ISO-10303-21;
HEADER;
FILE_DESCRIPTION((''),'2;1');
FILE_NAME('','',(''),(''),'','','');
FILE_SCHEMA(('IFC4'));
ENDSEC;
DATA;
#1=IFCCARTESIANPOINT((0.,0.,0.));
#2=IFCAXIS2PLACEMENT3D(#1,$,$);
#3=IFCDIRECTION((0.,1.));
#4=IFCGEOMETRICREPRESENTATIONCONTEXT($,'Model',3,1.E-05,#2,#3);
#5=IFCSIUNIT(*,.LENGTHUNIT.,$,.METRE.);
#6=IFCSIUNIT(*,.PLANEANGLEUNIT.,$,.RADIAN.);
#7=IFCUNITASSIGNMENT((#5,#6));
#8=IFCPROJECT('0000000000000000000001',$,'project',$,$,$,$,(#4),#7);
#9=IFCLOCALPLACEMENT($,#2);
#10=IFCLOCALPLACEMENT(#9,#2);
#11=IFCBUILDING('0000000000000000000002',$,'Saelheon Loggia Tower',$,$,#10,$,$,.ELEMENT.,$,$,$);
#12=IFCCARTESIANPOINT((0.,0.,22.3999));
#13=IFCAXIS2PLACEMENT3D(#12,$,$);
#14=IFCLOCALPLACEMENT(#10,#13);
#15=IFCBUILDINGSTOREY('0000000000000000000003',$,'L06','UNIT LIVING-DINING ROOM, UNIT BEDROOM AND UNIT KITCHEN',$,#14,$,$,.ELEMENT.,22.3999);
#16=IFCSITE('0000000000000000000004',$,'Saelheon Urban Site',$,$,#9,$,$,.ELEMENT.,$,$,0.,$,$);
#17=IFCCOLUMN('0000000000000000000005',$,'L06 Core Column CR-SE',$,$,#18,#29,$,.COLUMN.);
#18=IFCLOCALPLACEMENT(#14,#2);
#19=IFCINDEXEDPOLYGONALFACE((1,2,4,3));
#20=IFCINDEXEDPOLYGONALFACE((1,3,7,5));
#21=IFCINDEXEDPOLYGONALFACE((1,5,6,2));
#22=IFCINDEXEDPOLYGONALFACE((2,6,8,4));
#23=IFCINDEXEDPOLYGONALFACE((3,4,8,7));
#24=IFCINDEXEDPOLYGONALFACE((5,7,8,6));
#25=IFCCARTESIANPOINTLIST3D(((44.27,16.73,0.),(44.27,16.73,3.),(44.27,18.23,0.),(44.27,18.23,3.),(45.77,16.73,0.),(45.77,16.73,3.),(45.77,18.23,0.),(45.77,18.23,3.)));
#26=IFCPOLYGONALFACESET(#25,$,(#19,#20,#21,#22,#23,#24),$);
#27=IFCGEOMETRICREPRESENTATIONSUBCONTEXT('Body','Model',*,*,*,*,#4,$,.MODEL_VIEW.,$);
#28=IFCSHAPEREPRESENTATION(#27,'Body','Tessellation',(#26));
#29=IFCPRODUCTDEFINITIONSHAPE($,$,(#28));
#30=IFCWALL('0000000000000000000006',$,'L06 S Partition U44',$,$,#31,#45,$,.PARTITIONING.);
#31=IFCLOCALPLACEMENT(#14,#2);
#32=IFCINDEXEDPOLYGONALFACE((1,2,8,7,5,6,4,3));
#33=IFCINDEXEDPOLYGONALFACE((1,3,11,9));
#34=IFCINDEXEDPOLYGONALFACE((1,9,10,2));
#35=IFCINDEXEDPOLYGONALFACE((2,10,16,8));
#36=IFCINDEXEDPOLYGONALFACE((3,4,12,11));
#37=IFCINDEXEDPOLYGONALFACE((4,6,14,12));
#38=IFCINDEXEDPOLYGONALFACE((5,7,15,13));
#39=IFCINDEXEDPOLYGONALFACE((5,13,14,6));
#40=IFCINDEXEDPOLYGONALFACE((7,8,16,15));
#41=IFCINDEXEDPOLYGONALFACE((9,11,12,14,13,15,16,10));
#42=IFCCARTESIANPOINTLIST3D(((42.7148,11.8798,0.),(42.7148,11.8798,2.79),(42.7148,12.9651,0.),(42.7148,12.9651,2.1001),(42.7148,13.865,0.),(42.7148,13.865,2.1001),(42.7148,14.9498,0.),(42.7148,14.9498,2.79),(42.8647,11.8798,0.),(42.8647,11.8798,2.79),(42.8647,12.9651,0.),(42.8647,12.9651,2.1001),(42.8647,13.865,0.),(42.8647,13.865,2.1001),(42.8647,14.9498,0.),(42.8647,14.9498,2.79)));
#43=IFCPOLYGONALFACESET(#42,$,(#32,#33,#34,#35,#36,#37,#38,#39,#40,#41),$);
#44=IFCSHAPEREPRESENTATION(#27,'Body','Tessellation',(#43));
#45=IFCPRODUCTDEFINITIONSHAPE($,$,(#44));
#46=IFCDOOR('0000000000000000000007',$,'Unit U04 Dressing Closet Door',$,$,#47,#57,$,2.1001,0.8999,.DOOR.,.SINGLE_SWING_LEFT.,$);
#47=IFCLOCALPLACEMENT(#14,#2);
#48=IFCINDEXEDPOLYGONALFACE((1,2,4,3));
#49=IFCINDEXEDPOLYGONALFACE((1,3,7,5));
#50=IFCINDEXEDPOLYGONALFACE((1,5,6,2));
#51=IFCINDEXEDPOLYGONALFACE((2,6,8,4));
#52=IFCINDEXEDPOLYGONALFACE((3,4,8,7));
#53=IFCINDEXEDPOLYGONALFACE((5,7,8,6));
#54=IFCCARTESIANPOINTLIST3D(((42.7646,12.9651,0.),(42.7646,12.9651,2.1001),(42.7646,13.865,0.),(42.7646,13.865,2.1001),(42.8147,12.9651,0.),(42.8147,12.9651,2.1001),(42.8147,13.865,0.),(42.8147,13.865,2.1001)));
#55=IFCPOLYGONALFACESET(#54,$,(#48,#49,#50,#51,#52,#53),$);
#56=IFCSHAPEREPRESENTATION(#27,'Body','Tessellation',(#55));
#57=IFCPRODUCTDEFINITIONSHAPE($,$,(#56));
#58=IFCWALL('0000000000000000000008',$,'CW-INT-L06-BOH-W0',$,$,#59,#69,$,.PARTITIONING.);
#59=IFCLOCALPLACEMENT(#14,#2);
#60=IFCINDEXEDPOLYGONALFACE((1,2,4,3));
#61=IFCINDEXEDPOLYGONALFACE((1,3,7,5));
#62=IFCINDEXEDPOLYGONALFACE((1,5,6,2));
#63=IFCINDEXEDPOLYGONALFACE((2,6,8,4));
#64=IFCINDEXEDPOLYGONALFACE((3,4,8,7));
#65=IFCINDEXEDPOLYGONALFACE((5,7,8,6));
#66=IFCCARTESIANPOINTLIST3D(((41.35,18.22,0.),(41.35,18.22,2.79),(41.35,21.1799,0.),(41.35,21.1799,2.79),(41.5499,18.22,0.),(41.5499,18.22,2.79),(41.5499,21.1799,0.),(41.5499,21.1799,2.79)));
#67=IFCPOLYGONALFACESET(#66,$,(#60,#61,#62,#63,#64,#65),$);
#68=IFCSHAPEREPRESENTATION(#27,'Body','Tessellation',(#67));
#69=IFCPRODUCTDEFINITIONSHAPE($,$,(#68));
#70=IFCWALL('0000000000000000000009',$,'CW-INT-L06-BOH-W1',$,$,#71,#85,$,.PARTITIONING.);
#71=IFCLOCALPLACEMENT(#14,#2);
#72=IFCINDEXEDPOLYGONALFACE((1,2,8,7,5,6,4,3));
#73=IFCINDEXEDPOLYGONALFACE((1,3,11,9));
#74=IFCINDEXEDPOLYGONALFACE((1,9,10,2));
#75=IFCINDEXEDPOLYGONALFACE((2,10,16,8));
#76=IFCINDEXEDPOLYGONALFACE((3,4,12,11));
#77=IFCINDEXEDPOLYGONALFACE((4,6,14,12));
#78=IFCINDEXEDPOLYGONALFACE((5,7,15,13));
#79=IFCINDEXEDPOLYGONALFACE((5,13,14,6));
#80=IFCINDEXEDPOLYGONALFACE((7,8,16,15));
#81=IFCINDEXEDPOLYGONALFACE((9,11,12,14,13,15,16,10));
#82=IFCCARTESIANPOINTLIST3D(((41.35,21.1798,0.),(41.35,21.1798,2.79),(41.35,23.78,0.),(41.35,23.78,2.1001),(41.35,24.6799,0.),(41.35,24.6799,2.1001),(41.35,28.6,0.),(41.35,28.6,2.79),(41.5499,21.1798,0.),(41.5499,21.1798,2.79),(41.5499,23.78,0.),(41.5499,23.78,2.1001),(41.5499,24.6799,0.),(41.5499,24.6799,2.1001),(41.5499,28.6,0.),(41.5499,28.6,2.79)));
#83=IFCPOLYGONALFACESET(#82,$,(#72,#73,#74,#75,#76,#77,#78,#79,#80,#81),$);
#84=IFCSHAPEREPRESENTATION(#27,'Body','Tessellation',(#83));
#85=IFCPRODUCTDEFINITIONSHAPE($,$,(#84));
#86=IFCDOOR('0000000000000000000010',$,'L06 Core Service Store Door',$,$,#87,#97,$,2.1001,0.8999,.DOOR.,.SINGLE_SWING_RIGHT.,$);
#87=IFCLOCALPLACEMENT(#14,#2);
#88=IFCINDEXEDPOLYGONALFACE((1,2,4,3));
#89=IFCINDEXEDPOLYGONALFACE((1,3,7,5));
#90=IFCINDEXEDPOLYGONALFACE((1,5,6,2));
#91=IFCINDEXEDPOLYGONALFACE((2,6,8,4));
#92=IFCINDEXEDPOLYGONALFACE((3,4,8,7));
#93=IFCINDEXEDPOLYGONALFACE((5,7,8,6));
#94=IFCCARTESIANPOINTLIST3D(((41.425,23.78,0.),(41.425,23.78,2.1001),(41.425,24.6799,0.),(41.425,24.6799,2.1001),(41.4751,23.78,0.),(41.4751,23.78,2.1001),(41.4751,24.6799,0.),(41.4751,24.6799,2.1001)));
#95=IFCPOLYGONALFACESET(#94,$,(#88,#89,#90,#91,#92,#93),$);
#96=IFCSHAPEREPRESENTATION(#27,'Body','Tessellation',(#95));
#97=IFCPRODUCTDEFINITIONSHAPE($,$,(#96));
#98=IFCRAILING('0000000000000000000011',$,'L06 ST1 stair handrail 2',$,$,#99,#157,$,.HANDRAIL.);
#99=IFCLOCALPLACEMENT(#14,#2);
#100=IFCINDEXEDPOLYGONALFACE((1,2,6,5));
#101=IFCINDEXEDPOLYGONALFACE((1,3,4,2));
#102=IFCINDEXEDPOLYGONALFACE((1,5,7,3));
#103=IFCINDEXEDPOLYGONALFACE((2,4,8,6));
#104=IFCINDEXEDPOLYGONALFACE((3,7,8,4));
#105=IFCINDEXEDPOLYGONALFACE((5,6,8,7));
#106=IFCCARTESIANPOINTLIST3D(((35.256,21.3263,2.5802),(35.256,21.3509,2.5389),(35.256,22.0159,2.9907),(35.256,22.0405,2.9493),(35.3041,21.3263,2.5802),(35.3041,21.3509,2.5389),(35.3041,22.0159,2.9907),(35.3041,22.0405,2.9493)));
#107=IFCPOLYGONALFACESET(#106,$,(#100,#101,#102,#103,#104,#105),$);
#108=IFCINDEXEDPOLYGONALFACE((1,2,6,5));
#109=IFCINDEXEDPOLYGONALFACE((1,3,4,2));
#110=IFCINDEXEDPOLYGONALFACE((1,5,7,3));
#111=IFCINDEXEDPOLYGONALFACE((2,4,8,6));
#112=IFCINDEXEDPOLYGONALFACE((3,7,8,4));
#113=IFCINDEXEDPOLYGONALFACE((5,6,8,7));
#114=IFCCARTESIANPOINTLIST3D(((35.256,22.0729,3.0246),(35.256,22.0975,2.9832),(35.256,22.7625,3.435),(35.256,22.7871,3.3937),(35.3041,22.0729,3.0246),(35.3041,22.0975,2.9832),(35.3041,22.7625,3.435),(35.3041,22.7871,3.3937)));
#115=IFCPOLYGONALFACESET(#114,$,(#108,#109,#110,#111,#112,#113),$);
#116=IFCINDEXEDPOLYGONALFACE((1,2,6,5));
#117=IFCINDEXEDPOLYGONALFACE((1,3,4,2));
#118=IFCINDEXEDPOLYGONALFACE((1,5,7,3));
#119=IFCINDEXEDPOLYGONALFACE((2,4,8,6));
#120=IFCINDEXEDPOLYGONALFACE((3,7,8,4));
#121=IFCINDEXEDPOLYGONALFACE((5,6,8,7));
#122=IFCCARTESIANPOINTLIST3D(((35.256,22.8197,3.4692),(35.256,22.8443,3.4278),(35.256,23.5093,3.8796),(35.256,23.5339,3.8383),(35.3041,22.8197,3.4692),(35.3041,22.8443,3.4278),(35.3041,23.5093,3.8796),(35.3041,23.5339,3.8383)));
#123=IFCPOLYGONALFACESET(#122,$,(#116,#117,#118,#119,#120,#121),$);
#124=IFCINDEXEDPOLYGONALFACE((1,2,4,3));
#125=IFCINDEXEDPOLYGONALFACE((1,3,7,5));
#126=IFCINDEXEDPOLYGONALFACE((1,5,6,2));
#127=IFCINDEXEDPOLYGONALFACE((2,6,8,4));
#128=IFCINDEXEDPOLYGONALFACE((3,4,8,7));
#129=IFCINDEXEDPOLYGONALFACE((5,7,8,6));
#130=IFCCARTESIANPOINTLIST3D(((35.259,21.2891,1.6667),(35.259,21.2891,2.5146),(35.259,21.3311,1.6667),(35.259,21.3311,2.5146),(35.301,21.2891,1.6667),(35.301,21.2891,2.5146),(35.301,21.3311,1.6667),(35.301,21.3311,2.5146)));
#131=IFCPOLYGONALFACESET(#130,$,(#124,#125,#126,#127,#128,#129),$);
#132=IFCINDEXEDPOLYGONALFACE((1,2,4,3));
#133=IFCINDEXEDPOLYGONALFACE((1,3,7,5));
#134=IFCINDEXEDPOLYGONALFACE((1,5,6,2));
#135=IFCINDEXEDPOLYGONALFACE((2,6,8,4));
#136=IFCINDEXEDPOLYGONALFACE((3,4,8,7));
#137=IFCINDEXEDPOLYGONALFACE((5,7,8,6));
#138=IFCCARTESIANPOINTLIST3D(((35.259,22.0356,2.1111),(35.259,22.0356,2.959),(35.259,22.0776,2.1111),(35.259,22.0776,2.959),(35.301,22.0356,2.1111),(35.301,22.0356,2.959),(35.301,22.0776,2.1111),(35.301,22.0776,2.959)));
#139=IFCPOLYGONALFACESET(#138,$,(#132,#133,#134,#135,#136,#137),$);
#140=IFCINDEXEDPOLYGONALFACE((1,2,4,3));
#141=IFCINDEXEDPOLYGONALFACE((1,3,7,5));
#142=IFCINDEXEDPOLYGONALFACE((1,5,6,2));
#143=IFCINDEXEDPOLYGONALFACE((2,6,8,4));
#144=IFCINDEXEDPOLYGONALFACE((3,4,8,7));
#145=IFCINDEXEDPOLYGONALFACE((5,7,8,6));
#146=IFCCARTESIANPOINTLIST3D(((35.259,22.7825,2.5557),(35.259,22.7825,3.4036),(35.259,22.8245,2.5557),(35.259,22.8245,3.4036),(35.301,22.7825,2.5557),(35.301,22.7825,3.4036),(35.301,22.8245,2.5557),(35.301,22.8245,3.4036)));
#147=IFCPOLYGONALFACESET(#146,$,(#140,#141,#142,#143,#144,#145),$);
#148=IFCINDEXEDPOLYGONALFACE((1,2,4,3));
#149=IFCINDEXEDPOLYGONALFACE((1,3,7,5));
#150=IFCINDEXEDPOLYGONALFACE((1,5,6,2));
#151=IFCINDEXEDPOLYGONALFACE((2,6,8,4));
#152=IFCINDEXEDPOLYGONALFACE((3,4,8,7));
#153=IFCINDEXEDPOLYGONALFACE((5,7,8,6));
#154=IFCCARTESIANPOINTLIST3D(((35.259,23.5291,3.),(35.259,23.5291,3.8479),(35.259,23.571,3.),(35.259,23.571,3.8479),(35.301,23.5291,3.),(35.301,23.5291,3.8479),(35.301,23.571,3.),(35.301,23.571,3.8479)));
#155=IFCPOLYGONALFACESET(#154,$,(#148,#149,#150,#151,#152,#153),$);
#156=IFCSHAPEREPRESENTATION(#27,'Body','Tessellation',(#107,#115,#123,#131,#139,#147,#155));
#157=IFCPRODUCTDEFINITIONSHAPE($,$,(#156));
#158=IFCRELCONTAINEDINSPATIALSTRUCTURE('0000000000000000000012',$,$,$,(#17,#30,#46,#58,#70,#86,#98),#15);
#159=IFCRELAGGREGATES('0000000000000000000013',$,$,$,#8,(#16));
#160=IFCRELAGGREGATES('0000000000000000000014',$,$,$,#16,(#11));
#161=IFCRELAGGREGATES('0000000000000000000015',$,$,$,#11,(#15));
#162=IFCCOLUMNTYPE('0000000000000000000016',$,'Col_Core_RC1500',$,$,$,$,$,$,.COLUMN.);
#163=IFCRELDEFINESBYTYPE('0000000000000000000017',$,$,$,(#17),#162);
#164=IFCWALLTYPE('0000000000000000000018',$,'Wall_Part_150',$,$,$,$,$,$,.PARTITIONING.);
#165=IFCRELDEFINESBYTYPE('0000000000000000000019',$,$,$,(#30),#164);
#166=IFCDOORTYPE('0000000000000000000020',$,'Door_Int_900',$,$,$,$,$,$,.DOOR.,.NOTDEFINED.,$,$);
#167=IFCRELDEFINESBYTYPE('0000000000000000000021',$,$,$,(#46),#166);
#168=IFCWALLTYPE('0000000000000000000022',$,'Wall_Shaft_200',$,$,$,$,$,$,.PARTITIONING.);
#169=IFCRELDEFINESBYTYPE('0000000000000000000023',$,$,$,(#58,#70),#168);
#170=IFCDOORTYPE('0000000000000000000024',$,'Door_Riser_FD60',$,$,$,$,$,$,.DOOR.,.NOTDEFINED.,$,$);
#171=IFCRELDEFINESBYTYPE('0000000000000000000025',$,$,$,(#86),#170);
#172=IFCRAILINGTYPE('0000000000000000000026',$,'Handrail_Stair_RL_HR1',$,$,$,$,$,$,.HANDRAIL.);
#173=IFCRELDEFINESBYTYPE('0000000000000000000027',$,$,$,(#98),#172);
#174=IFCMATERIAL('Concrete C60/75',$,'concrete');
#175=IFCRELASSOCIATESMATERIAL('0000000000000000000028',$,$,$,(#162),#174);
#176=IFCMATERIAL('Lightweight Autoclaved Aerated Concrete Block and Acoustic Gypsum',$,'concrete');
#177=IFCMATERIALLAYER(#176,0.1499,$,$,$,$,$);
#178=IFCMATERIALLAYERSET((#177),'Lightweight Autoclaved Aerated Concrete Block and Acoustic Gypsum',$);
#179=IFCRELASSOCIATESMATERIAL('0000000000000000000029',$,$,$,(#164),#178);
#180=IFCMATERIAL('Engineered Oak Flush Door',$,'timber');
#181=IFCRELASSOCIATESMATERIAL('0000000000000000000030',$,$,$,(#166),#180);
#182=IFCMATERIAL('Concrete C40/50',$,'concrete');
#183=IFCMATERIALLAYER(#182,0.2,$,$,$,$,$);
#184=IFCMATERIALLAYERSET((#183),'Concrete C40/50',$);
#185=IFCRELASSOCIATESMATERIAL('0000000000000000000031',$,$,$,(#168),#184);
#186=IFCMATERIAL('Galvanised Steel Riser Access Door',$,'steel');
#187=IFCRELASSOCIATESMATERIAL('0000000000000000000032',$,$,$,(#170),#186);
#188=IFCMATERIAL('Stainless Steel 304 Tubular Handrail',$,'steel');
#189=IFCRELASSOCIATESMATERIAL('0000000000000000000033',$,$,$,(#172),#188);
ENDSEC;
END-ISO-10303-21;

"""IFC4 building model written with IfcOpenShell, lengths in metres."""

from ifc_helpers import new_model, si_unit, direction, frame, frame_2d, origin, origin_2d, place, context, subcontext, project, spatial, rectangle, extrude, source, transform, mapped, material, layer, layer_set, material_profile, profile_set, type_object, element, fill, save


model = new_model("IFC4")

# Units and contexts
model_context = context("Model", 3, precision=1e-05, world=origin(), true_north=direction((0.0, 1.0)))
body_context = subcontext(model_context, "Body", "Model", "MODEL_VIEW")
ifc_project = project(units=[si_unit("LENGTHUNIT", "METRE"), si_unit("PLANEANGLEUNIT", "RADIAN")], contexts=[model_context])

# Site, building, storey
site_placement = place(None, origin())
site = spatial("IfcSite", under=ifc_project, at=site_placement, Name="Saelheon Urban Site", CompositionType="ELEMENT", RefElevation=0.0)
building_placement = place(site_placement, origin())
building = spatial("IfcBuilding", under=site, at=building_placement, Name="Saelheon Loggia Tower", CompositionType="ELEMENT")
storey_placement = place(building_placement, frame((0.0, 0.0, 22.3999)))
storey = spatial("IfcBuildingStorey", under=building, at=storey_placement, Name="L06", Description="UNIT LIVING-DINING ROOM, UNIT BEDROOM AND UNIT KITCHEN", CompositionType="ELEMENT", Elevation=22.3999)

# Column
ifc_material_1 = material(Name="Concrete C60/75", Category="concrete")
ifc_material_profile = material_profile(ifc_material_1, rectangle(XDim=1.5, YDim=1.5, at=origin_2d()), Name="RC-1500x1500")
ifc_profile_set = profile_set([ifc_material_profile], Name="Concrete C60/75")
column_type = type_object("IfcColumnType", Name="Col_Core_RC1500", PredefinedType="COLUMN", material=ifc_profile_set)
shared_shape_1 = source(origin(), body_context, "Body", "SweptSolid", [
    extrude(rectangle(XDim=1.5, YDim=1.5, at=origin_2d()), origin(), (0.0, 0.0, 1.0), 3.0),
])
column_placement = place(storey_placement, frame((45.02, 17.48, 0.0), z_axis=(0.0, 0.0, 1.0), x_axis=(1.0, 0.0, 0.0)))
element("IfcColumn", 1, at=column_placement, inside=storey, type_object=column_type, Name="L06 Core Column CR-SE", PredefinedType="COLUMN", context=body_context, shape_type="MappedRepresentation", body=[
    mapped(shared_shape_1, transform((0.0, 0.0, 0.0), scale=1.0)),
])

# Wall, opening, door
ifc_material_2 = material(Name="Lightweight Autoclaved Aerated Concrete Block and Acoustic Gypsum", Category="concrete")
ifc_layer_1 = layer(ifc_material_2, 0.1499)
ifc_layer_set_1 = layer_set([ifc_layer_1], Name="Lightweight Autoclaved Aerated Concrete Block and Acoustic Gypsum")
wall_type_1 = type_object("IfcWallType", Name="Wall_Part_150", PredefinedType="PARTITIONING", material=ifc_layer_set_1)
wall_1_placement = place(storey_placement, frame((42.7898, 14.95, 0.0), z_axis=(0.0, 0.0, 1.0), x_axis=(0.0, -1.0, 0.0)))
wall_1 = element("IfcWall", 2, at=wall_1_placement, inside=storey, type_object=wall_type_1, Name="L06 S Partition U44", PredefinedType="PARTITIONING", context=body_context, shape_type="SweptSolid", body=[
    extrude(rectangle(XDim=3.0701, YDim=0.1499, at=frame_2d((1.5352, 0.0))), origin(), (0.0, 0.0, 1.0), 2.79),
])
opening_1_placement = place(wall_1_placement, frame((1.085, 0.0, 0.0)))
opening_1 = element("IfcOpeningElement", 3, at=opening_1_placement, cuts=wall_1, PredefinedType="OPENING", context=body_context, shape_type="SweptSolid", body=[
    extrude(rectangle(XDim=0.8999, YDim=2.1001, at=frame_2d((0.45, 1.05))), frame((0.0, 0.0869, 0.0), z_axis=(0.0, -1.0, 0.0), x_axis=(1.0, 0.0, 0.0)), (0.0, 0.0, 1.0), 0.1738),
])
ifc_material_3 = material(Name="Engineered Oak Flush Door", Category="timber")
door_type_1 = type_object("IfcDoorType", Name="Door_Int_900", OperationType="NOTDEFINED", PredefinedType="DOOR", material=ifc_material_3)
shared_shape_2 = source(origin(), body_context, "Body", "SweptSolid", [
    extrude(rectangle(XDim=0.8999, YDim=2.1001, at=frame_2d((0.45, 1.05))), frame((0.0, 0.0249, 0.0), z_axis=(0.0, -1.0, 0.0), x_axis=(1.0, 0.0, 0.0)), (0.0, 0.0, 1.0), 0.05),
])
door_1_placement = place(opening_1_placement, origin())
door_1 = element("IfcDoor", 4, at=door_1_placement, inside=storey, type_object=door_type_1, Name="Unit U04 Dressing Closet Door", OperationType="SINGLE_SWING_LEFT", OverallHeight=2.1001, OverallWidth=0.8999, PredefinedType="DOOR", context=body_context, shape_type="MappedRepresentation", body=[
    mapped(shared_shape_2, transform((0.0, 0.0, 0.0), scale=1.0)),
])
fill(opening_1, door_1)

# Wall
ifc_material_4 = material(Name="Concrete C40/50", Category="concrete")
ifc_layer_2 = layer(ifc_material_4, 0.2)
ifc_layer_set_2 = layer_set([ifc_layer_2], Name="Concrete C40/50")
wall_type_2 = type_object("IfcWallType", Name="Wall_Shaft_200", PredefinedType="PARTITIONING", material=ifc_layer_set_2)
wall_2_placement = place(storey_placement, frame((41.45, 18.22, 0.0), z_axis=(0.0, 0.0, 1.0), x_axis=(0.0, 1.0, 0.0)))
element("IfcWall", 5, at=wall_2_placement, inside=storey, type_object=wall_type_2, Name="CW-INT-L06-BOH-W0", PredefinedType="PARTITIONING", context=body_context, shape_type="SweptSolid", body=[
    extrude(rectangle(XDim=2.96, YDim=0.2, at=frame_2d((1.48, 0.0))), origin(), (0.0, 0.0, 1.0), 2.79),
])

# Wall, opening, door
wall_3_placement = place(storey_placement, frame((41.45, 21.1799, 0.0), z_axis=(0.0, 0.0, 1.0), x_axis=(0.0, 1.0, 0.0)))
wall_3 = element("IfcWall", 6, at=wall_3_placement, inside=storey, type_object=wall_type_2, Name="CW-INT-L06-BOH-W1", PredefinedType="PARTITIONING", context=body_context, shape_type="SweptSolid", body=[
    extrude(rectangle(XDim=7.4202, YDim=0.2, at=frame_2d((3.71, 0.0))), origin(), (0.0, 0.0, 1.0), 2.79),
])
opening_2_placement = place(wall_3_placement, frame((2.6001, 0.0, 0.0)))
opening_2 = element("IfcOpeningElement", 7, at=opening_2_placement, cuts=wall_3, PredefinedType="OPENING", context=body_context, shape_type="SweptSolid", body=[
    extrude(rectangle(XDim=0.8999, YDim=2.1001, at=frame_2d((0.45, 1.05))), frame((0.0, 0.1121, 0.0), z_axis=(0.0, -1.0, 0.0), x_axis=(1.0, 0.0, 0.0)), (0.0, 0.0, 1.0), 0.2239),
])
ifc_material_5 = material(Name="Galvanised Steel Riser Access Door", Category="steel")
door_type_2 = type_object("IfcDoorType", Name="Door_Riser_FD60", OperationType="NOTDEFINED", PredefinedType="DOOR", material=ifc_material_5)
door_2_placement = place(opening_2_placement, origin())
door_2 = element("IfcDoor", 8, at=door_2_placement, inside=storey, type_object=door_type_2, Name="L06 Core Service Store Door", OperationType="SINGLE_SWING_RIGHT", OverallHeight=2.1001, OverallWidth=0.8999, PredefinedType="DOOR", context=body_context, shape_type="MappedRepresentation", body=[
    mapped(shared_shape_2, transform((0.0, 0.0, 0.0), scale=1.0)),
])
fill(opening_2, door_2)

# Railing
ifc_material_6 = material(Name="Stainless Steel 304 Tubular Handrail", Category="steel")
railing_type = type_object("IfcRailingType", Name="Handrail_Stair_RL_HR1", PredefinedType="HANDRAIL", material=ifc_material_6)
railing_placement = place(storey_placement, frame((35.28, 21.3101, 1.6667)))
element("IfcRailing", 9, at=railing_placement, inside=storey, type_object=railing_type, Name="L06 ST1 stair handrail 2", PredefinedType="HANDRAIL", context=body_context, shape_type="SweptSolid", body=[
    extrude(rectangle(XDim=0.0481, YDim=0.0481, at=origin_2d()), frame((0.0, 0.0286, 0.8928), z_axis=(0.0, 0.859306, 0.511462), x_axis=(-1.0, 0.0, 0.0)), (0.0, 0.0, 1.0), 0.8025),
    extrude(rectangle(XDim=0.0481, YDim=0.0481, at=origin_2d()), frame((0.0, 0.7751, 1.3372), z_axis=(0.0, 0.859306, 0.511462), x_axis=(-1.0, 0.0, 0.0)), (0.0, 0.0, 1.0), 0.8025),
    extrude(rectangle(XDim=0.0481, YDim=0.0481, at=origin_2d()), frame((0.0, 1.522, 1.7817), z_axis=(0.0, 0.859306, 0.511462), x_axis=(-1.0, 0.0, 0.0)), (0.0, 0.0, 1.0), 0.8025),
    extrude(rectangle(XDim=0.042, YDim=0.042, at=origin_2d()), origin(), (0.0, 0.0, 1.0), 0.8479),
    extrude(rectangle(XDim=0.042, YDim=0.042, at=origin_2d()), frame((0.0, 0.7466, 0.4443)), (0.0, 0.0, 1.0), 0.8479),
    extrude(rectangle(XDim=0.042, YDim=0.042, at=origin_2d()), frame((0.0, 1.4934, 0.8889)), (0.0, 0.0, 1.0), 0.8479),
    extrude(rectangle(XDim=0.042, YDim=0.042, at=origin_2d()), frame((0.0, 2.24, 1.3333)), (0.0, 0.0, 1.0), 0.8479),
])

save(model, "model.ifc")
